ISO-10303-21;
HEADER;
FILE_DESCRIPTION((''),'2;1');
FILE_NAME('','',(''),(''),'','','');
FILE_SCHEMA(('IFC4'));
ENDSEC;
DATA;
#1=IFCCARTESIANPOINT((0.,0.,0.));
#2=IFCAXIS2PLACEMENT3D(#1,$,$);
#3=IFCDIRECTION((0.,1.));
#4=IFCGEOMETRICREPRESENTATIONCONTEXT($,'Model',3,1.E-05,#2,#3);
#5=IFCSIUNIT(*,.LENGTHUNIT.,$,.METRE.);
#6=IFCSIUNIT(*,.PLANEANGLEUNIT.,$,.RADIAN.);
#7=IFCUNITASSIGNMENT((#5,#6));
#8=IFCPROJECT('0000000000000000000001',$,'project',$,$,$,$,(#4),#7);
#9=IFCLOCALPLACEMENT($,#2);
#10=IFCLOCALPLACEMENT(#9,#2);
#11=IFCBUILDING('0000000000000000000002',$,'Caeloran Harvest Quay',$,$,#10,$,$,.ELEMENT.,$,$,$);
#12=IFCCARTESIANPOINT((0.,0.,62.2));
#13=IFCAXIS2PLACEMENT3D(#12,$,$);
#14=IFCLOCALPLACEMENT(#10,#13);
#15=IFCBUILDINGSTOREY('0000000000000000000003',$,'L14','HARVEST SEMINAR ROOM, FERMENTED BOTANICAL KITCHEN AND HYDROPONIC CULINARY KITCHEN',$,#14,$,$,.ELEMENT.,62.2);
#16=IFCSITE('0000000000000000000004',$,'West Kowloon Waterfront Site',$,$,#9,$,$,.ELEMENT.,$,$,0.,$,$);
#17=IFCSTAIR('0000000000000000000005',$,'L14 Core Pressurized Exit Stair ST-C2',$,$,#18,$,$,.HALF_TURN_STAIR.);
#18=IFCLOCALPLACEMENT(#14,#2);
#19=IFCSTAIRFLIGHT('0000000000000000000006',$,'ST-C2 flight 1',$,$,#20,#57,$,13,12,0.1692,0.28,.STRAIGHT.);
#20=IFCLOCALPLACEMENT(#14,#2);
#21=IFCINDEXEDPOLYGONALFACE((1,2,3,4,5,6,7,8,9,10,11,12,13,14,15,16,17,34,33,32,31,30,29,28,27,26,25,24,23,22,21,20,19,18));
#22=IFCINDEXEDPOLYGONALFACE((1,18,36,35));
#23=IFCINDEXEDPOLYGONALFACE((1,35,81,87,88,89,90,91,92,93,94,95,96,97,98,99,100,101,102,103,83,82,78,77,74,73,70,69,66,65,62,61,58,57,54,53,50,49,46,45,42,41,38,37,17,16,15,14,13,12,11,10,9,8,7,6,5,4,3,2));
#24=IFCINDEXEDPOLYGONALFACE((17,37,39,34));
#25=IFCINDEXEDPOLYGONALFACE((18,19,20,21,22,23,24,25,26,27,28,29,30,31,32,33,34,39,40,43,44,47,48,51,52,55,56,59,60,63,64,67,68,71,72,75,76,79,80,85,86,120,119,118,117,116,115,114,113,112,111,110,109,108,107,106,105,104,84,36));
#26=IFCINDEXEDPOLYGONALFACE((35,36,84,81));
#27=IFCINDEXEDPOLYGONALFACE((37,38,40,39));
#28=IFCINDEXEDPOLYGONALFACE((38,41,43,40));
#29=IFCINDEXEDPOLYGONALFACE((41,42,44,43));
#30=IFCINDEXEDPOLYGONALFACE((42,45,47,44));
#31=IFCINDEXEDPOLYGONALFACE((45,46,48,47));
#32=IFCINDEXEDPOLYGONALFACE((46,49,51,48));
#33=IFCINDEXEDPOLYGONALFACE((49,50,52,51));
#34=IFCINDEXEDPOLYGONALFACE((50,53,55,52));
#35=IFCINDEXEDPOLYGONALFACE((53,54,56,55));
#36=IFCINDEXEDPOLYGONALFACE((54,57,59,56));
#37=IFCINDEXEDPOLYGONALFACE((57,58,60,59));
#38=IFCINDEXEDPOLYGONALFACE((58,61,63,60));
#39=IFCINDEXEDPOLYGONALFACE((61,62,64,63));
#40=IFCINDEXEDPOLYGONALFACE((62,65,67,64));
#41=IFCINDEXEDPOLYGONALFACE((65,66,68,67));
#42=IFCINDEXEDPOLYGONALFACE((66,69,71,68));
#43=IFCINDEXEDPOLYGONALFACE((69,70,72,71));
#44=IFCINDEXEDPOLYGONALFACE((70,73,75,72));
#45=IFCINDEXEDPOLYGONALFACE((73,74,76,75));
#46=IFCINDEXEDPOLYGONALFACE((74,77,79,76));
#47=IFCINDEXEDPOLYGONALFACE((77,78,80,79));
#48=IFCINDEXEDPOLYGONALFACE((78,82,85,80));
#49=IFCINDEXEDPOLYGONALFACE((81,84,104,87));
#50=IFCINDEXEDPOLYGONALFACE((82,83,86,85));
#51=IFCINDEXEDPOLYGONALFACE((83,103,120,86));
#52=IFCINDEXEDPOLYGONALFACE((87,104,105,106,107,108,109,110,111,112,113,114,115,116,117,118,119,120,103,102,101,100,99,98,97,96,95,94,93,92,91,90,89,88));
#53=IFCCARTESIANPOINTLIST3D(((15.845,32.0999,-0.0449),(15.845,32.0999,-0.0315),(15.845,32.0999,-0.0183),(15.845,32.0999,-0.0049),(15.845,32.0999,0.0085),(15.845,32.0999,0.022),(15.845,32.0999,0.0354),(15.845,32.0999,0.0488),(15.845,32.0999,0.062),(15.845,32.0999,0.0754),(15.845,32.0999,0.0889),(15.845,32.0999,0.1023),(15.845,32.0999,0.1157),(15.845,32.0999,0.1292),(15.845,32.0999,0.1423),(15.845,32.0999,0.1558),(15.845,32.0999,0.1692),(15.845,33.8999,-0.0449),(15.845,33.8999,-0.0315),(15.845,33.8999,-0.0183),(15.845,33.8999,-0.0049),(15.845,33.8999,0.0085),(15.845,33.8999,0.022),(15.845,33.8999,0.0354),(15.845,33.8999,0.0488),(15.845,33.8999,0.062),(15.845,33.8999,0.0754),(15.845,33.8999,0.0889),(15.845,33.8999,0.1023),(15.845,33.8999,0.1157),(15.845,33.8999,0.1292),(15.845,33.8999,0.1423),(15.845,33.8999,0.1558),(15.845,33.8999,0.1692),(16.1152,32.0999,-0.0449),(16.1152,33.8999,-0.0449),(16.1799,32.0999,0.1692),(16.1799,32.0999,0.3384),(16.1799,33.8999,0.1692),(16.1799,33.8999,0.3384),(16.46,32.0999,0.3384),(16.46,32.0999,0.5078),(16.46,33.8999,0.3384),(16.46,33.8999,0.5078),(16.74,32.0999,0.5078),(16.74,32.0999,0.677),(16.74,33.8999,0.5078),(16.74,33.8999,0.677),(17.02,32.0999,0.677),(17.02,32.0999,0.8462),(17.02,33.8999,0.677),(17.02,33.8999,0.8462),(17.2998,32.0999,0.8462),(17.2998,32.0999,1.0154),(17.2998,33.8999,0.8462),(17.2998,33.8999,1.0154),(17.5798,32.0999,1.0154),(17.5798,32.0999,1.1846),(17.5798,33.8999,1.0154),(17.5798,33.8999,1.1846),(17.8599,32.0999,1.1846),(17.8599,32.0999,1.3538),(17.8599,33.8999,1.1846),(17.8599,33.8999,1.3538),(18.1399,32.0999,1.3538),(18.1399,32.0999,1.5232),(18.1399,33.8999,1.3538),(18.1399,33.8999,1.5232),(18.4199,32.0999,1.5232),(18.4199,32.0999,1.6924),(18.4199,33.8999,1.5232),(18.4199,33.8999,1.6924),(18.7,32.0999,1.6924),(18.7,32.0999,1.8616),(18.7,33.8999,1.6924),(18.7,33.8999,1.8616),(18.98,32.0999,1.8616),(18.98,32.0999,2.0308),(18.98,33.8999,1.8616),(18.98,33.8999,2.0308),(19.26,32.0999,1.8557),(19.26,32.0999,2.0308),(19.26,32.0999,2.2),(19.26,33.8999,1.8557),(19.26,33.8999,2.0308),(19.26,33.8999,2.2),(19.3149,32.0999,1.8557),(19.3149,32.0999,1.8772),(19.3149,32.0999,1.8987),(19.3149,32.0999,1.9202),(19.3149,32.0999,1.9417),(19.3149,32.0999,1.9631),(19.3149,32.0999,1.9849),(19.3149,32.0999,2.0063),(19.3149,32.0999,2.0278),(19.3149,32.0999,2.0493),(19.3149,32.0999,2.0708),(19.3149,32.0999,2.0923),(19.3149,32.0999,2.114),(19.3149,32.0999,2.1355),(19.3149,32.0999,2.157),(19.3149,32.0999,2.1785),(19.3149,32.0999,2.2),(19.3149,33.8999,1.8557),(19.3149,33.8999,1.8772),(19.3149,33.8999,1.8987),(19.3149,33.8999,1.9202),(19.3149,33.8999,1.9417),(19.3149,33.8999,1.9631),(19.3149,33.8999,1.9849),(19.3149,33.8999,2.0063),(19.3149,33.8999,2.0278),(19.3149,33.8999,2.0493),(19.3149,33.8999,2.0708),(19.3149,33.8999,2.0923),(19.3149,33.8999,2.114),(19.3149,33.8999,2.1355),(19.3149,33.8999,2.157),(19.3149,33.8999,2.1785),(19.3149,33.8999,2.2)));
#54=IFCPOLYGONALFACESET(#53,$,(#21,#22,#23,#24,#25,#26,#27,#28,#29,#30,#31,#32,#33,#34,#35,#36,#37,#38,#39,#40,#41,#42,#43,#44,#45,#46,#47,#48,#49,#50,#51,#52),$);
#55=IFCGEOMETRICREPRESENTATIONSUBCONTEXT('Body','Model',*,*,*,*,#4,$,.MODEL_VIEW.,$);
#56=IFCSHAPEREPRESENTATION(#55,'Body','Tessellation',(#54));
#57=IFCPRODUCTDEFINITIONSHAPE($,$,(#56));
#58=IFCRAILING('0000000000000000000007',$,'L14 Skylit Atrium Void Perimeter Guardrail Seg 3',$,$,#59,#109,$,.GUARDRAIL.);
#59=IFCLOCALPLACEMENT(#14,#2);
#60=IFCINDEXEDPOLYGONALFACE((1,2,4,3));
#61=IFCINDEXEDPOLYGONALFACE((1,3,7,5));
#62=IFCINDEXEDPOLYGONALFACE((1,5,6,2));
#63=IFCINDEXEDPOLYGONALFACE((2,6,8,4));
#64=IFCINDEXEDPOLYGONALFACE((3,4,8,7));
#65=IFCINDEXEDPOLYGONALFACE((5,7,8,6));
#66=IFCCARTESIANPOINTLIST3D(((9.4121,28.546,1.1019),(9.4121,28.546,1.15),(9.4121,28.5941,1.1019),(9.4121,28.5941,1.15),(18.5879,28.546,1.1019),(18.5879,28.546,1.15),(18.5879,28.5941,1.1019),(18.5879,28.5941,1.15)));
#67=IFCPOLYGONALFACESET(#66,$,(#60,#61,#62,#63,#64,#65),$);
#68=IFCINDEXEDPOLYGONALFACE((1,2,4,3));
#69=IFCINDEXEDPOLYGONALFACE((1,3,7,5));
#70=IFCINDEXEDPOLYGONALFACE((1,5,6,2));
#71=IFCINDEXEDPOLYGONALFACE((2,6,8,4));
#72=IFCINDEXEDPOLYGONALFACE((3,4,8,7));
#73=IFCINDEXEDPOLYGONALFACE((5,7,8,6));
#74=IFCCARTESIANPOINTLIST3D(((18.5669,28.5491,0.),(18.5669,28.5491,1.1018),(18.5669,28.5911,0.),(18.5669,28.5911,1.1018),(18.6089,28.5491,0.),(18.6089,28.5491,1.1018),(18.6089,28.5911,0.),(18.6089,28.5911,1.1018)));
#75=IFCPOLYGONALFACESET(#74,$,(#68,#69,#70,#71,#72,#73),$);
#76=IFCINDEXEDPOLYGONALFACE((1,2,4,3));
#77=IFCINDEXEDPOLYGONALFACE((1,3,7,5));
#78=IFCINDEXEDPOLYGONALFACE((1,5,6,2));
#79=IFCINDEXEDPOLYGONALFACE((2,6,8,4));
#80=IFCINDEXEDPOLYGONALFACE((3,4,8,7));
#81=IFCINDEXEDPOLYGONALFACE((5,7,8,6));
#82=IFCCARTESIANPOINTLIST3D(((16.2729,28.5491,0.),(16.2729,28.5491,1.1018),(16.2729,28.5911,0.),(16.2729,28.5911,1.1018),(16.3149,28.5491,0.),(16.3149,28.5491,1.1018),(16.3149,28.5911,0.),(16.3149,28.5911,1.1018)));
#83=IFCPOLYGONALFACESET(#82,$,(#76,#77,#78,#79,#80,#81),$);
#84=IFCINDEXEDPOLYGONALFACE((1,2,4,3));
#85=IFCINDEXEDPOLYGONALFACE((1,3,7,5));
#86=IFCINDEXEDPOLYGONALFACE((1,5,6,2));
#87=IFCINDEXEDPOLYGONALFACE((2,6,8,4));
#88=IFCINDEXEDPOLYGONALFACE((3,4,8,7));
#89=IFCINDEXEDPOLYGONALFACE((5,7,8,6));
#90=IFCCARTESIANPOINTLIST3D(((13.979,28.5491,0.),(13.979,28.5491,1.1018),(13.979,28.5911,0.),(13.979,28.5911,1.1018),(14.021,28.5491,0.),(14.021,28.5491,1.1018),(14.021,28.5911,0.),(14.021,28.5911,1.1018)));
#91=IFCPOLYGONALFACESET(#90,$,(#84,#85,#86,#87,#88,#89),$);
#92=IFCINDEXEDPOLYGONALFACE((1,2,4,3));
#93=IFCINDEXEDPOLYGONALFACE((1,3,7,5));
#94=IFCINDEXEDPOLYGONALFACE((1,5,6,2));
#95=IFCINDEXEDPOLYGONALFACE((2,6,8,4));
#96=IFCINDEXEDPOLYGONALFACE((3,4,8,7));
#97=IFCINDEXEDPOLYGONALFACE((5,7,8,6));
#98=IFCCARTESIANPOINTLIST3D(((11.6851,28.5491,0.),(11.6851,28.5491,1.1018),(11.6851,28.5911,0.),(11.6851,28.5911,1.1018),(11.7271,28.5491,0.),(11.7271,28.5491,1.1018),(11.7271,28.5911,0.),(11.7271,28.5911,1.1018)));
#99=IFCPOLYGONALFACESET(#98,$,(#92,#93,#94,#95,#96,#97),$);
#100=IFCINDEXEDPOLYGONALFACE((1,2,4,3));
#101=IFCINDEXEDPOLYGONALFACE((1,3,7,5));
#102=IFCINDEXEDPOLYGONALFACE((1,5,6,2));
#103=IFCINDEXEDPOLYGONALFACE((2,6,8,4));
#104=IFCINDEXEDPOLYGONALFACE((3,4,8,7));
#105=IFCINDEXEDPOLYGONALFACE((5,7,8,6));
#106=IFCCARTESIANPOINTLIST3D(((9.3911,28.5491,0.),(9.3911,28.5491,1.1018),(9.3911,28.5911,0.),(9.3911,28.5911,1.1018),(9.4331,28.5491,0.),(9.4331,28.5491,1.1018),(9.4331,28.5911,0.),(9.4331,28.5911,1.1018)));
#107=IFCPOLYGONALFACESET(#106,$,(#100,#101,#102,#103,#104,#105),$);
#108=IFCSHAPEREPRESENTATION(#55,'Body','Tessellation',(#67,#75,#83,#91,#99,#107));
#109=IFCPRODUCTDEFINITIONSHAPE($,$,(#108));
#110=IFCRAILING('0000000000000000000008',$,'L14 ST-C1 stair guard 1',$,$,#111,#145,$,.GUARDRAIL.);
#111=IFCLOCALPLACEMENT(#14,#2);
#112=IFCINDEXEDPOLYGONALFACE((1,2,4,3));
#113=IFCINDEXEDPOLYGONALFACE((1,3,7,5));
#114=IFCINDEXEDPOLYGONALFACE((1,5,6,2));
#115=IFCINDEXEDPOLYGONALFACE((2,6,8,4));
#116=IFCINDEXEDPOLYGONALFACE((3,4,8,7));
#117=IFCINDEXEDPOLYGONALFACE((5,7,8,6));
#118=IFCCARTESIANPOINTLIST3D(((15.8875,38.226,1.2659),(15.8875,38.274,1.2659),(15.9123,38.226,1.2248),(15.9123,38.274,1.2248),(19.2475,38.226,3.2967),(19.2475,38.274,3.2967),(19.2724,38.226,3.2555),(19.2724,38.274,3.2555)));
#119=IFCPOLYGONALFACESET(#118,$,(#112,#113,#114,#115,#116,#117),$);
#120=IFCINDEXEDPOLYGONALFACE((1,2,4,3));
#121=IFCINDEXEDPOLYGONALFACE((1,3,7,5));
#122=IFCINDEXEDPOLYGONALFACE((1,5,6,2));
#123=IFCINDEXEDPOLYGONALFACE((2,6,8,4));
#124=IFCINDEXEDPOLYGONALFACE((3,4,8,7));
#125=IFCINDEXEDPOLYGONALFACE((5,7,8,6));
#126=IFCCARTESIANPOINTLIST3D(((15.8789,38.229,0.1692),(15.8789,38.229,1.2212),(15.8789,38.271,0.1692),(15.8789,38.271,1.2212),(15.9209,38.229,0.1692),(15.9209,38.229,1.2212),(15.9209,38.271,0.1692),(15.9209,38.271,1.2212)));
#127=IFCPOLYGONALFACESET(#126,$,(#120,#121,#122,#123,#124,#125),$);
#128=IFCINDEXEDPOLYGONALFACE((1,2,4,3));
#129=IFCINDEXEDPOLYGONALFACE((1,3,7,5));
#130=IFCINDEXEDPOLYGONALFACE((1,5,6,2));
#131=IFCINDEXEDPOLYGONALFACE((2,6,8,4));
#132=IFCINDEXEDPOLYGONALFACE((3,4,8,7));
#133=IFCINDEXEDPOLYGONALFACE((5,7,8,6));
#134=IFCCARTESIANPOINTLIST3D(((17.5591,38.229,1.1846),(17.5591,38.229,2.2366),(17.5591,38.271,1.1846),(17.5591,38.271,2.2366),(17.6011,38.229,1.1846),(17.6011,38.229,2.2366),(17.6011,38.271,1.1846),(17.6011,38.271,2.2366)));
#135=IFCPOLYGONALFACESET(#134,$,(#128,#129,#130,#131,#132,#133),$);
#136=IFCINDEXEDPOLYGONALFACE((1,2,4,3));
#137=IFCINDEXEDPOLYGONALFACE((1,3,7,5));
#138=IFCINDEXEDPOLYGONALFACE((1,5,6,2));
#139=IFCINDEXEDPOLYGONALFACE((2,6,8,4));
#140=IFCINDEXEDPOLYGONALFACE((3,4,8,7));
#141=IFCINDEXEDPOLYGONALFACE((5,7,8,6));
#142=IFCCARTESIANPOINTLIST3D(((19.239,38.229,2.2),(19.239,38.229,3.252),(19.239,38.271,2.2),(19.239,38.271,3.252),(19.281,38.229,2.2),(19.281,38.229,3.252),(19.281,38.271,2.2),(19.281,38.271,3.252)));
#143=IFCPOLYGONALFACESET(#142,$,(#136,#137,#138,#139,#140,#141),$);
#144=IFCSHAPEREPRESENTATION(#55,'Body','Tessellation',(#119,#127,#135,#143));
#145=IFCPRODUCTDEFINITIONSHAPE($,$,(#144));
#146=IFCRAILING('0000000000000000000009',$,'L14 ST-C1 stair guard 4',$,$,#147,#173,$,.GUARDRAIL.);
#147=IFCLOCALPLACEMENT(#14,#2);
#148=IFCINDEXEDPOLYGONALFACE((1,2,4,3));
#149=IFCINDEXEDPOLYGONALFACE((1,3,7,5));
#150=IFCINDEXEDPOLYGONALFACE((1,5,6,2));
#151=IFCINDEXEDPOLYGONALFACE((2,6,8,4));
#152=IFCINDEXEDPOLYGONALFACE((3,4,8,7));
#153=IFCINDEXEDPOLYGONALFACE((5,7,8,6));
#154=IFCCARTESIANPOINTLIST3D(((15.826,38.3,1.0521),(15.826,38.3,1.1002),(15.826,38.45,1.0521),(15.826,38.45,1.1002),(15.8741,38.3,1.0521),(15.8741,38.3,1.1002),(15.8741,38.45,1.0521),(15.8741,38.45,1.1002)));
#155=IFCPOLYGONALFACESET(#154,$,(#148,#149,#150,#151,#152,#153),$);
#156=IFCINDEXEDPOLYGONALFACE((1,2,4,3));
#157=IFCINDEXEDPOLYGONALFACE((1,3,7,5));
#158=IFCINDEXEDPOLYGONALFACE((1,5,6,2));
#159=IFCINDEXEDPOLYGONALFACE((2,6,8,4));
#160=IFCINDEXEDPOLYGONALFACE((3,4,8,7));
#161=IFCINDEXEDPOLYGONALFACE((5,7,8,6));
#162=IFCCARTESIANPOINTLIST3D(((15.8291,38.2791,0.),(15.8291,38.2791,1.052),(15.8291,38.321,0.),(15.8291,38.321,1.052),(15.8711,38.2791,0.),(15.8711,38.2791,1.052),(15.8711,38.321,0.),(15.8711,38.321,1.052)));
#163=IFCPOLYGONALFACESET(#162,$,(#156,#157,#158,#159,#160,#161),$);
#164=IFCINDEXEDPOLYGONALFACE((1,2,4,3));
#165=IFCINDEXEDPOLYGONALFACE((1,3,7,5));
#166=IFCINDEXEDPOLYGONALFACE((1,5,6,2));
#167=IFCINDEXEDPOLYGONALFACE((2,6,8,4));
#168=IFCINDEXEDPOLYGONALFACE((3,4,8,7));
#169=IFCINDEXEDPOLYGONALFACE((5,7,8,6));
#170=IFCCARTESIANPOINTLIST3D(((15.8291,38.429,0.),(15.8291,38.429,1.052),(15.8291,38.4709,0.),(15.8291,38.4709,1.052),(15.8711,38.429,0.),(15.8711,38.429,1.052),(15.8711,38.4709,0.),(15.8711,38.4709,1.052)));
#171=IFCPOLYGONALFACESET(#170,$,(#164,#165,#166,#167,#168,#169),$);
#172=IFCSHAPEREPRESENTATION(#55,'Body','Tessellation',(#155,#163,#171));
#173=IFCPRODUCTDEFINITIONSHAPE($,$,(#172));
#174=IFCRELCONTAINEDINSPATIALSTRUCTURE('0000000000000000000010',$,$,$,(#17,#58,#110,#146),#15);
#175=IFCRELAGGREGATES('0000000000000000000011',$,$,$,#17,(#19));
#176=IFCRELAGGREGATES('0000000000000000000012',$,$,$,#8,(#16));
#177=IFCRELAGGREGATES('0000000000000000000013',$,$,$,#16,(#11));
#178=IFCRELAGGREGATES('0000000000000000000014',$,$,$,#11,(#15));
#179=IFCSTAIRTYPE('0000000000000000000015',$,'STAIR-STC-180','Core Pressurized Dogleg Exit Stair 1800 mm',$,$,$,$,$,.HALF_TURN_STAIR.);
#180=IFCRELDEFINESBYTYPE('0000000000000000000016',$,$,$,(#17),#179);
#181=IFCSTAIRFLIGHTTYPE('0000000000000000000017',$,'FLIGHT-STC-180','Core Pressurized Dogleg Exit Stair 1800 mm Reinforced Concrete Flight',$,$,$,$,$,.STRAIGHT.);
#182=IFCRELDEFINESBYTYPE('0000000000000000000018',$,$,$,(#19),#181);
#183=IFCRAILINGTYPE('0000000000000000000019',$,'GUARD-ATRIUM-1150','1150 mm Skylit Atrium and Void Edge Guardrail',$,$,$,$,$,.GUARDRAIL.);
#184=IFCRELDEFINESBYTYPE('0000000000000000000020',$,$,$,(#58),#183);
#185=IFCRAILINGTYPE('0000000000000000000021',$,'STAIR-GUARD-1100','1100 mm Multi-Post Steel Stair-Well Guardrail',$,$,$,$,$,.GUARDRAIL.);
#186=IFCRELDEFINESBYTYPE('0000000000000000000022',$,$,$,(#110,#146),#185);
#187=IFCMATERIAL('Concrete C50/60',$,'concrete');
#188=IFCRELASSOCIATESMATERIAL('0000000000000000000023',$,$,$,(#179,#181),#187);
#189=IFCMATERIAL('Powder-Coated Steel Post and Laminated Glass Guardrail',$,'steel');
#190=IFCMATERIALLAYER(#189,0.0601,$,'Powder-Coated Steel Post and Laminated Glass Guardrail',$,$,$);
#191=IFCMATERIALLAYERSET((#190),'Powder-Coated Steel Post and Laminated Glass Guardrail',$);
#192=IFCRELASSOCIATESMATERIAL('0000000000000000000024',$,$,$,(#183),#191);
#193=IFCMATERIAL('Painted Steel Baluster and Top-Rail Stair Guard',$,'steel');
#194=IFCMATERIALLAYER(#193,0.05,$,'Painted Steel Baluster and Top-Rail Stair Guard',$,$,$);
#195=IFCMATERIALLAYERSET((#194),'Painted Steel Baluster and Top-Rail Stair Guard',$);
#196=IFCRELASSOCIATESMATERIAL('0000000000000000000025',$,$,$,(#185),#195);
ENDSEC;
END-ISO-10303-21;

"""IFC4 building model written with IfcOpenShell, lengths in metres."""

from ifc_helpers import new_model, si_unit, direction, frame, origin, origin_2d, place, context, subcontext, project, spatial, polyline, rectangle, outline, extrude, material, layer, layer_set, type_object, element, aggregate, save


model = new_model("IFC4")

# Units and contexts
model_context = context("Model", 3, precision=1e-05, world=origin(), true_north=direction((0.0, 1.0)))
body_context = subcontext(model_context, "Body", "Model", "MODEL_VIEW")
ifc_project = project(units=[si_unit("LENGTHUNIT", "METRE"), si_unit("PLANEANGLEUNIT", "RADIAN")], contexts=[model_context])

# Site, building, storey
site_placement = place(None, origin())
site = spatial("IfcSite", under=ifc_project, at=site_placement, Name="West Kowloon Waterfront Site", CompositionType="ELEMENT", RefElevation=0.0)
building_placement = place(site_placement, origin())
building = spatial("IfcBuilding", under=site, at=building_placement, Name="Caeloran Harvest Quay", CompositionType="ELEMENT")
storey_placement = place(building_placement, frame((0.0, 0.0, 62.2)))
storey = spatial("IfcBuildingStorey", under=building, at=storey_placement, Name="L14", Description="HARVEST SEMINAR ROOM, FERMENTED BOTANICAL KITCHEN AND HYDROPONIC CULINARY KITCHEN", CompositionType="ELEMENT", Elevation=62.2)

# Stair, stair flight
ifc_material_1 = material(Name="Concrete C50/60", Category="concrete")
stair_type = type_object("IfcStairType", Name="STAIR-STC-180", Description="Core Pressurized Dogleg Exit Stair 1800 mm", PredefinedType="HALF_TURN_STAIR", material=ifc_material_1)
stair_flight_type = type_object("IfcStairFlightType", Name="FLIGHT-STC-180", Description="Core Pressurized Dogleg Exit Stair 1800 mm Reinforced Concrete Flight", PredefinedType="STRAIGHT", material=ifc_material_1)
stair_1_placement = place(storey_placement, origin())
stair_1 = element("IfcStair", 1, at=stair_1_placement, inside=storey, type_object=stair_type, Name="L14 Core Pressurized Exit Stair ST-C2", PredefinedType="HALF_TURN_STAIR")
stair_flight_1_placement = place(storey_placement, frame((15.8999, 33.0, 0.0), z_axis=(0.0, 0.0, 1.0), x_axis=(1.0, 0.0, 0.0)))
stair_flight_1 = element("IfcStairFlight", 2, at=stair_flight_1_placement, type_object=stair_flight_type, Name="ST-C2 flight 1", NumberOfRisers=13, NumberOfTreads=12, PredefinedType="STRAIGHT", RiserHeight=0.1692, TreadLength=0.28, context=body_context, shape_type="SweptSolid", body=[
    extrude(outline(polyline([(-0.0549, -0.0449), (-0.0549, -0.0315), (-0.0549, -0.0183), (-0.0549, -0.0049), (-0.0549, 0.0085), (-0.0549, 0.022), (-0.0549, 0.0354), (-0.0549, 0.0488), (-0.0549, 0.062), (-0.0549, 0.0754), (-0.0549, 0.0889), (-0.0549, 0.1023), (-0.0549, 0.1157), (-0.0549, 0.1292), (-0.0549, 0.1423), (-0.0549, 0.1558), (-0.0549, 0.1692), (0.28, 0.1692), (0.28, 0.3384), (0.5601, 0.3384), (0.5601, 0.5078), (0.8401, 0.5078), (0.8401, 0.677), (1.1201, 0.677), (1.1201, 0.8462), (1.3999, 0.8462), (1.3999, 1.0154), (1.6799, 1.0154), (1.6799, 1.1846), (1.96, 1.1846), (1.96, 1.3538), (2.24, 1.3538), (2.24, 1.5232), (2.52, 1.5232), (2.52, 1.6924), (2.8, 1.6924), (2.8, 1.8616), (3.0801, 1.8616), (3.0801, 2.0308), (3.3601, 2.0308), (3.3601, 2.2), (3.415, 2.2), (3.415, 2.1785), (3.415, 2.157), (3.415, 2.1355), (3.415, 2.114), (3.415, 2.0923), (3.415, 2.0708), (3.415, 2.0493), (3.415, 2.0278), (3.415, 2.0063), (3.415, 1.9849), (3.415, 1.9631), (3.415, 1.9417), (3.415, 1.9202), (3.415, 1.8987), (3.415, 1.8772), (3.415, 1.8557), (3.3601, 1.8557), (0.2153, -0.0449), (-0.0549, -0.0449)])), frame((0.0, 0.8999, 0.0), z_axis=(0.0, -1.0, 0.0), x_axis=(1.0, 0.0, 0.0)), (0.0, 0.0, 1.0), 1.8),
])
aggregate(stair_1, [stair_flight_1])

# Railings
ifc_material_2 = material(Name="Powder-Coated Steel Post and Laminated Glass Guardrail", Category="steel")
ifc_layer_1 = layer(ifc_material_2, 0.0601, Name="Powder-Coated Steel Post and Laminated Glass Guardrail")
ifc_layer_set_1 = layer_set([ifc_layer_1], Name="Powder-Coated Steel Post and Laminated Glass Guardrail")
railing_type_1 = type_object("IfcRailingType", Name="GUARD-ATRIUM-1150", Description="1150 mm Skylit Atrium and Void Edge Guardrail", PredefinedType="GUARDRAIL", material=ifc_layer_set_1)
railing_1_placement = place(storey_placement, frame((18.5879, 28.5701, 0.0)))
element("IfcRailing", 3, at=railing_1_placement, inside=storey, type_object=railing_type_1, Name="L14 Skylit Atrium Void Perimeter Guardrail Seg 3", PredefinedType="GUARDRAIL", context=body_context, shape_type="SweptSolid", body=[
    extrude(rectangle(XDim=0.0481, YDim=0.0481, at=origin_2d()), frame((0.0, 0.0, 1.126), z_axis=(-1.0, 0.0, 0.0), x_axis=(0.0, -1.0, 0.0)), (0.0, 0.0, 1.0), 9.1758),
    extrude(rectangle(XDim=0.042, YDim=0.042, at=origin_2d()), origin(), (0.0, 0.0, 1.0), 1.1018),
    extrude(rectangle(XDim=0.042, YDim=0.042, at=origin_2d()), frame((-2.2939, 0.0, 0.0)), (0.0, 0.0, 1.0), 1.1018),
    extrude(rectangle(XDim=0.042, YDim=0.042, at=origin_2d()), frame((-4.5879, 0.0, 0.0)), (0.0, 0.0, 1.0), 1.1018),
    extrude(rectangle(XDim=0.042, YDim=0.042, at=origin_2d()), frame((-6.8818, 0.0, 0.0)), (0.0, 0.0, 1.0), 1.1018),
    extrude(rectangle(XDim=0.042, YDim=0.042, at=origin_2d()), frame((-9.1758, 0.0, 0.0)), (0.0, 0.0, 1.0), 1.1018),
])
ifc_material_3 = material(Name="Painted Steel Baluster and Top-Rail Stair Guard", Category="steel")
ifc_layer_2 = layer(ifc_material_3, 0.05, Name="Painted Steel Baluster and Top-Rail Stair Guard")
ifc_layer_set_2 = layer_set([ifc_layer_2], Name="Painted Steel Baluster and Top-Rail Stair Guard")
railing_type_2 = type_object("IfcRailingType", Name="STAIR-GUARD-1100", Description="1100 mm Multi-Post Steel Stair-Well Guardrail", PredefinedType="GUARDRAIL", material=ifc_layer_set_2)
railing_2_placement = place(storey_placement, frame((15.8999, 38.25, 0.1692)))
element("IfcRailing", 4, at=railing_2_placement, inside=storey, type_object=railing_type_2, Name="L14 ST-C1 stair guard 1", PredefinedType="GUARDRAIL", context=body_context, shape_type="SweptSolid", body=[
    extrude(rectangle(XDim=0.0481, YDim=0.0481, at=origin_2d()), frame((0.0, 0.0, 1.0762), z_axis=(0.855837, 0.0, 0.517246), x_axis=(0.0, 1.0, 0.0)), (0.0, 0.0, 1.0), 3.926),
    extrude(rectangle(XDim=0.042, YDim=0.042, at=origin_2d()), origin(), (0.0, 0.0, 1.0), 1.052),
    extrude(rectangle(XDim=0.042, YDim=0.042, at=origin_2d()), frame((1.6802, 0.0, 1.0154)), (0.0, 0.0, 1.0), 1.052),
    extrude(rectangle(XDim=0.042, YDim=0.042, at=origin_2d()), frame((3.3601, 0.0, 2.0308)), (0.0, 0.0, 1.0), 1.052),
])
railing_3_placement = place(storey_placement, frame((15.8501, 38.3, 0.0)))
element("IfcRailing", 5, at=railing_3_placement, inside=storey, type_object=railing_type_2, Name="L14 ST-C1 stair guard 4", PredefinedType="GUARDRAIL", context=body_context, shape_type="SweptSolid", body=[
    extrude(rectangle(XDim=0.0481, YDim=0.0481, at=origin_2d()), frame((0.0, 0.0, 1.0762), z_axis=(0.0, 1.0, 0.0), x_axis=(-1.0, 0.0, 0.0)), (0.0, 0.0, 1.0), 0.1499),
    extrude(rectangle(XDim=0.042, YDim=0.042, at=origin_2d()), origin(), (0.0, 0.0, 1.0), 1.052),
    extrude(rectangle(XDim=0.042, YDim=0.042, at=origin_2d()), frame((0.0, 0.1499, 0.0)), (0.0, 0.0, 1.0), 1.052),
])

save(model, "model.ifc")
